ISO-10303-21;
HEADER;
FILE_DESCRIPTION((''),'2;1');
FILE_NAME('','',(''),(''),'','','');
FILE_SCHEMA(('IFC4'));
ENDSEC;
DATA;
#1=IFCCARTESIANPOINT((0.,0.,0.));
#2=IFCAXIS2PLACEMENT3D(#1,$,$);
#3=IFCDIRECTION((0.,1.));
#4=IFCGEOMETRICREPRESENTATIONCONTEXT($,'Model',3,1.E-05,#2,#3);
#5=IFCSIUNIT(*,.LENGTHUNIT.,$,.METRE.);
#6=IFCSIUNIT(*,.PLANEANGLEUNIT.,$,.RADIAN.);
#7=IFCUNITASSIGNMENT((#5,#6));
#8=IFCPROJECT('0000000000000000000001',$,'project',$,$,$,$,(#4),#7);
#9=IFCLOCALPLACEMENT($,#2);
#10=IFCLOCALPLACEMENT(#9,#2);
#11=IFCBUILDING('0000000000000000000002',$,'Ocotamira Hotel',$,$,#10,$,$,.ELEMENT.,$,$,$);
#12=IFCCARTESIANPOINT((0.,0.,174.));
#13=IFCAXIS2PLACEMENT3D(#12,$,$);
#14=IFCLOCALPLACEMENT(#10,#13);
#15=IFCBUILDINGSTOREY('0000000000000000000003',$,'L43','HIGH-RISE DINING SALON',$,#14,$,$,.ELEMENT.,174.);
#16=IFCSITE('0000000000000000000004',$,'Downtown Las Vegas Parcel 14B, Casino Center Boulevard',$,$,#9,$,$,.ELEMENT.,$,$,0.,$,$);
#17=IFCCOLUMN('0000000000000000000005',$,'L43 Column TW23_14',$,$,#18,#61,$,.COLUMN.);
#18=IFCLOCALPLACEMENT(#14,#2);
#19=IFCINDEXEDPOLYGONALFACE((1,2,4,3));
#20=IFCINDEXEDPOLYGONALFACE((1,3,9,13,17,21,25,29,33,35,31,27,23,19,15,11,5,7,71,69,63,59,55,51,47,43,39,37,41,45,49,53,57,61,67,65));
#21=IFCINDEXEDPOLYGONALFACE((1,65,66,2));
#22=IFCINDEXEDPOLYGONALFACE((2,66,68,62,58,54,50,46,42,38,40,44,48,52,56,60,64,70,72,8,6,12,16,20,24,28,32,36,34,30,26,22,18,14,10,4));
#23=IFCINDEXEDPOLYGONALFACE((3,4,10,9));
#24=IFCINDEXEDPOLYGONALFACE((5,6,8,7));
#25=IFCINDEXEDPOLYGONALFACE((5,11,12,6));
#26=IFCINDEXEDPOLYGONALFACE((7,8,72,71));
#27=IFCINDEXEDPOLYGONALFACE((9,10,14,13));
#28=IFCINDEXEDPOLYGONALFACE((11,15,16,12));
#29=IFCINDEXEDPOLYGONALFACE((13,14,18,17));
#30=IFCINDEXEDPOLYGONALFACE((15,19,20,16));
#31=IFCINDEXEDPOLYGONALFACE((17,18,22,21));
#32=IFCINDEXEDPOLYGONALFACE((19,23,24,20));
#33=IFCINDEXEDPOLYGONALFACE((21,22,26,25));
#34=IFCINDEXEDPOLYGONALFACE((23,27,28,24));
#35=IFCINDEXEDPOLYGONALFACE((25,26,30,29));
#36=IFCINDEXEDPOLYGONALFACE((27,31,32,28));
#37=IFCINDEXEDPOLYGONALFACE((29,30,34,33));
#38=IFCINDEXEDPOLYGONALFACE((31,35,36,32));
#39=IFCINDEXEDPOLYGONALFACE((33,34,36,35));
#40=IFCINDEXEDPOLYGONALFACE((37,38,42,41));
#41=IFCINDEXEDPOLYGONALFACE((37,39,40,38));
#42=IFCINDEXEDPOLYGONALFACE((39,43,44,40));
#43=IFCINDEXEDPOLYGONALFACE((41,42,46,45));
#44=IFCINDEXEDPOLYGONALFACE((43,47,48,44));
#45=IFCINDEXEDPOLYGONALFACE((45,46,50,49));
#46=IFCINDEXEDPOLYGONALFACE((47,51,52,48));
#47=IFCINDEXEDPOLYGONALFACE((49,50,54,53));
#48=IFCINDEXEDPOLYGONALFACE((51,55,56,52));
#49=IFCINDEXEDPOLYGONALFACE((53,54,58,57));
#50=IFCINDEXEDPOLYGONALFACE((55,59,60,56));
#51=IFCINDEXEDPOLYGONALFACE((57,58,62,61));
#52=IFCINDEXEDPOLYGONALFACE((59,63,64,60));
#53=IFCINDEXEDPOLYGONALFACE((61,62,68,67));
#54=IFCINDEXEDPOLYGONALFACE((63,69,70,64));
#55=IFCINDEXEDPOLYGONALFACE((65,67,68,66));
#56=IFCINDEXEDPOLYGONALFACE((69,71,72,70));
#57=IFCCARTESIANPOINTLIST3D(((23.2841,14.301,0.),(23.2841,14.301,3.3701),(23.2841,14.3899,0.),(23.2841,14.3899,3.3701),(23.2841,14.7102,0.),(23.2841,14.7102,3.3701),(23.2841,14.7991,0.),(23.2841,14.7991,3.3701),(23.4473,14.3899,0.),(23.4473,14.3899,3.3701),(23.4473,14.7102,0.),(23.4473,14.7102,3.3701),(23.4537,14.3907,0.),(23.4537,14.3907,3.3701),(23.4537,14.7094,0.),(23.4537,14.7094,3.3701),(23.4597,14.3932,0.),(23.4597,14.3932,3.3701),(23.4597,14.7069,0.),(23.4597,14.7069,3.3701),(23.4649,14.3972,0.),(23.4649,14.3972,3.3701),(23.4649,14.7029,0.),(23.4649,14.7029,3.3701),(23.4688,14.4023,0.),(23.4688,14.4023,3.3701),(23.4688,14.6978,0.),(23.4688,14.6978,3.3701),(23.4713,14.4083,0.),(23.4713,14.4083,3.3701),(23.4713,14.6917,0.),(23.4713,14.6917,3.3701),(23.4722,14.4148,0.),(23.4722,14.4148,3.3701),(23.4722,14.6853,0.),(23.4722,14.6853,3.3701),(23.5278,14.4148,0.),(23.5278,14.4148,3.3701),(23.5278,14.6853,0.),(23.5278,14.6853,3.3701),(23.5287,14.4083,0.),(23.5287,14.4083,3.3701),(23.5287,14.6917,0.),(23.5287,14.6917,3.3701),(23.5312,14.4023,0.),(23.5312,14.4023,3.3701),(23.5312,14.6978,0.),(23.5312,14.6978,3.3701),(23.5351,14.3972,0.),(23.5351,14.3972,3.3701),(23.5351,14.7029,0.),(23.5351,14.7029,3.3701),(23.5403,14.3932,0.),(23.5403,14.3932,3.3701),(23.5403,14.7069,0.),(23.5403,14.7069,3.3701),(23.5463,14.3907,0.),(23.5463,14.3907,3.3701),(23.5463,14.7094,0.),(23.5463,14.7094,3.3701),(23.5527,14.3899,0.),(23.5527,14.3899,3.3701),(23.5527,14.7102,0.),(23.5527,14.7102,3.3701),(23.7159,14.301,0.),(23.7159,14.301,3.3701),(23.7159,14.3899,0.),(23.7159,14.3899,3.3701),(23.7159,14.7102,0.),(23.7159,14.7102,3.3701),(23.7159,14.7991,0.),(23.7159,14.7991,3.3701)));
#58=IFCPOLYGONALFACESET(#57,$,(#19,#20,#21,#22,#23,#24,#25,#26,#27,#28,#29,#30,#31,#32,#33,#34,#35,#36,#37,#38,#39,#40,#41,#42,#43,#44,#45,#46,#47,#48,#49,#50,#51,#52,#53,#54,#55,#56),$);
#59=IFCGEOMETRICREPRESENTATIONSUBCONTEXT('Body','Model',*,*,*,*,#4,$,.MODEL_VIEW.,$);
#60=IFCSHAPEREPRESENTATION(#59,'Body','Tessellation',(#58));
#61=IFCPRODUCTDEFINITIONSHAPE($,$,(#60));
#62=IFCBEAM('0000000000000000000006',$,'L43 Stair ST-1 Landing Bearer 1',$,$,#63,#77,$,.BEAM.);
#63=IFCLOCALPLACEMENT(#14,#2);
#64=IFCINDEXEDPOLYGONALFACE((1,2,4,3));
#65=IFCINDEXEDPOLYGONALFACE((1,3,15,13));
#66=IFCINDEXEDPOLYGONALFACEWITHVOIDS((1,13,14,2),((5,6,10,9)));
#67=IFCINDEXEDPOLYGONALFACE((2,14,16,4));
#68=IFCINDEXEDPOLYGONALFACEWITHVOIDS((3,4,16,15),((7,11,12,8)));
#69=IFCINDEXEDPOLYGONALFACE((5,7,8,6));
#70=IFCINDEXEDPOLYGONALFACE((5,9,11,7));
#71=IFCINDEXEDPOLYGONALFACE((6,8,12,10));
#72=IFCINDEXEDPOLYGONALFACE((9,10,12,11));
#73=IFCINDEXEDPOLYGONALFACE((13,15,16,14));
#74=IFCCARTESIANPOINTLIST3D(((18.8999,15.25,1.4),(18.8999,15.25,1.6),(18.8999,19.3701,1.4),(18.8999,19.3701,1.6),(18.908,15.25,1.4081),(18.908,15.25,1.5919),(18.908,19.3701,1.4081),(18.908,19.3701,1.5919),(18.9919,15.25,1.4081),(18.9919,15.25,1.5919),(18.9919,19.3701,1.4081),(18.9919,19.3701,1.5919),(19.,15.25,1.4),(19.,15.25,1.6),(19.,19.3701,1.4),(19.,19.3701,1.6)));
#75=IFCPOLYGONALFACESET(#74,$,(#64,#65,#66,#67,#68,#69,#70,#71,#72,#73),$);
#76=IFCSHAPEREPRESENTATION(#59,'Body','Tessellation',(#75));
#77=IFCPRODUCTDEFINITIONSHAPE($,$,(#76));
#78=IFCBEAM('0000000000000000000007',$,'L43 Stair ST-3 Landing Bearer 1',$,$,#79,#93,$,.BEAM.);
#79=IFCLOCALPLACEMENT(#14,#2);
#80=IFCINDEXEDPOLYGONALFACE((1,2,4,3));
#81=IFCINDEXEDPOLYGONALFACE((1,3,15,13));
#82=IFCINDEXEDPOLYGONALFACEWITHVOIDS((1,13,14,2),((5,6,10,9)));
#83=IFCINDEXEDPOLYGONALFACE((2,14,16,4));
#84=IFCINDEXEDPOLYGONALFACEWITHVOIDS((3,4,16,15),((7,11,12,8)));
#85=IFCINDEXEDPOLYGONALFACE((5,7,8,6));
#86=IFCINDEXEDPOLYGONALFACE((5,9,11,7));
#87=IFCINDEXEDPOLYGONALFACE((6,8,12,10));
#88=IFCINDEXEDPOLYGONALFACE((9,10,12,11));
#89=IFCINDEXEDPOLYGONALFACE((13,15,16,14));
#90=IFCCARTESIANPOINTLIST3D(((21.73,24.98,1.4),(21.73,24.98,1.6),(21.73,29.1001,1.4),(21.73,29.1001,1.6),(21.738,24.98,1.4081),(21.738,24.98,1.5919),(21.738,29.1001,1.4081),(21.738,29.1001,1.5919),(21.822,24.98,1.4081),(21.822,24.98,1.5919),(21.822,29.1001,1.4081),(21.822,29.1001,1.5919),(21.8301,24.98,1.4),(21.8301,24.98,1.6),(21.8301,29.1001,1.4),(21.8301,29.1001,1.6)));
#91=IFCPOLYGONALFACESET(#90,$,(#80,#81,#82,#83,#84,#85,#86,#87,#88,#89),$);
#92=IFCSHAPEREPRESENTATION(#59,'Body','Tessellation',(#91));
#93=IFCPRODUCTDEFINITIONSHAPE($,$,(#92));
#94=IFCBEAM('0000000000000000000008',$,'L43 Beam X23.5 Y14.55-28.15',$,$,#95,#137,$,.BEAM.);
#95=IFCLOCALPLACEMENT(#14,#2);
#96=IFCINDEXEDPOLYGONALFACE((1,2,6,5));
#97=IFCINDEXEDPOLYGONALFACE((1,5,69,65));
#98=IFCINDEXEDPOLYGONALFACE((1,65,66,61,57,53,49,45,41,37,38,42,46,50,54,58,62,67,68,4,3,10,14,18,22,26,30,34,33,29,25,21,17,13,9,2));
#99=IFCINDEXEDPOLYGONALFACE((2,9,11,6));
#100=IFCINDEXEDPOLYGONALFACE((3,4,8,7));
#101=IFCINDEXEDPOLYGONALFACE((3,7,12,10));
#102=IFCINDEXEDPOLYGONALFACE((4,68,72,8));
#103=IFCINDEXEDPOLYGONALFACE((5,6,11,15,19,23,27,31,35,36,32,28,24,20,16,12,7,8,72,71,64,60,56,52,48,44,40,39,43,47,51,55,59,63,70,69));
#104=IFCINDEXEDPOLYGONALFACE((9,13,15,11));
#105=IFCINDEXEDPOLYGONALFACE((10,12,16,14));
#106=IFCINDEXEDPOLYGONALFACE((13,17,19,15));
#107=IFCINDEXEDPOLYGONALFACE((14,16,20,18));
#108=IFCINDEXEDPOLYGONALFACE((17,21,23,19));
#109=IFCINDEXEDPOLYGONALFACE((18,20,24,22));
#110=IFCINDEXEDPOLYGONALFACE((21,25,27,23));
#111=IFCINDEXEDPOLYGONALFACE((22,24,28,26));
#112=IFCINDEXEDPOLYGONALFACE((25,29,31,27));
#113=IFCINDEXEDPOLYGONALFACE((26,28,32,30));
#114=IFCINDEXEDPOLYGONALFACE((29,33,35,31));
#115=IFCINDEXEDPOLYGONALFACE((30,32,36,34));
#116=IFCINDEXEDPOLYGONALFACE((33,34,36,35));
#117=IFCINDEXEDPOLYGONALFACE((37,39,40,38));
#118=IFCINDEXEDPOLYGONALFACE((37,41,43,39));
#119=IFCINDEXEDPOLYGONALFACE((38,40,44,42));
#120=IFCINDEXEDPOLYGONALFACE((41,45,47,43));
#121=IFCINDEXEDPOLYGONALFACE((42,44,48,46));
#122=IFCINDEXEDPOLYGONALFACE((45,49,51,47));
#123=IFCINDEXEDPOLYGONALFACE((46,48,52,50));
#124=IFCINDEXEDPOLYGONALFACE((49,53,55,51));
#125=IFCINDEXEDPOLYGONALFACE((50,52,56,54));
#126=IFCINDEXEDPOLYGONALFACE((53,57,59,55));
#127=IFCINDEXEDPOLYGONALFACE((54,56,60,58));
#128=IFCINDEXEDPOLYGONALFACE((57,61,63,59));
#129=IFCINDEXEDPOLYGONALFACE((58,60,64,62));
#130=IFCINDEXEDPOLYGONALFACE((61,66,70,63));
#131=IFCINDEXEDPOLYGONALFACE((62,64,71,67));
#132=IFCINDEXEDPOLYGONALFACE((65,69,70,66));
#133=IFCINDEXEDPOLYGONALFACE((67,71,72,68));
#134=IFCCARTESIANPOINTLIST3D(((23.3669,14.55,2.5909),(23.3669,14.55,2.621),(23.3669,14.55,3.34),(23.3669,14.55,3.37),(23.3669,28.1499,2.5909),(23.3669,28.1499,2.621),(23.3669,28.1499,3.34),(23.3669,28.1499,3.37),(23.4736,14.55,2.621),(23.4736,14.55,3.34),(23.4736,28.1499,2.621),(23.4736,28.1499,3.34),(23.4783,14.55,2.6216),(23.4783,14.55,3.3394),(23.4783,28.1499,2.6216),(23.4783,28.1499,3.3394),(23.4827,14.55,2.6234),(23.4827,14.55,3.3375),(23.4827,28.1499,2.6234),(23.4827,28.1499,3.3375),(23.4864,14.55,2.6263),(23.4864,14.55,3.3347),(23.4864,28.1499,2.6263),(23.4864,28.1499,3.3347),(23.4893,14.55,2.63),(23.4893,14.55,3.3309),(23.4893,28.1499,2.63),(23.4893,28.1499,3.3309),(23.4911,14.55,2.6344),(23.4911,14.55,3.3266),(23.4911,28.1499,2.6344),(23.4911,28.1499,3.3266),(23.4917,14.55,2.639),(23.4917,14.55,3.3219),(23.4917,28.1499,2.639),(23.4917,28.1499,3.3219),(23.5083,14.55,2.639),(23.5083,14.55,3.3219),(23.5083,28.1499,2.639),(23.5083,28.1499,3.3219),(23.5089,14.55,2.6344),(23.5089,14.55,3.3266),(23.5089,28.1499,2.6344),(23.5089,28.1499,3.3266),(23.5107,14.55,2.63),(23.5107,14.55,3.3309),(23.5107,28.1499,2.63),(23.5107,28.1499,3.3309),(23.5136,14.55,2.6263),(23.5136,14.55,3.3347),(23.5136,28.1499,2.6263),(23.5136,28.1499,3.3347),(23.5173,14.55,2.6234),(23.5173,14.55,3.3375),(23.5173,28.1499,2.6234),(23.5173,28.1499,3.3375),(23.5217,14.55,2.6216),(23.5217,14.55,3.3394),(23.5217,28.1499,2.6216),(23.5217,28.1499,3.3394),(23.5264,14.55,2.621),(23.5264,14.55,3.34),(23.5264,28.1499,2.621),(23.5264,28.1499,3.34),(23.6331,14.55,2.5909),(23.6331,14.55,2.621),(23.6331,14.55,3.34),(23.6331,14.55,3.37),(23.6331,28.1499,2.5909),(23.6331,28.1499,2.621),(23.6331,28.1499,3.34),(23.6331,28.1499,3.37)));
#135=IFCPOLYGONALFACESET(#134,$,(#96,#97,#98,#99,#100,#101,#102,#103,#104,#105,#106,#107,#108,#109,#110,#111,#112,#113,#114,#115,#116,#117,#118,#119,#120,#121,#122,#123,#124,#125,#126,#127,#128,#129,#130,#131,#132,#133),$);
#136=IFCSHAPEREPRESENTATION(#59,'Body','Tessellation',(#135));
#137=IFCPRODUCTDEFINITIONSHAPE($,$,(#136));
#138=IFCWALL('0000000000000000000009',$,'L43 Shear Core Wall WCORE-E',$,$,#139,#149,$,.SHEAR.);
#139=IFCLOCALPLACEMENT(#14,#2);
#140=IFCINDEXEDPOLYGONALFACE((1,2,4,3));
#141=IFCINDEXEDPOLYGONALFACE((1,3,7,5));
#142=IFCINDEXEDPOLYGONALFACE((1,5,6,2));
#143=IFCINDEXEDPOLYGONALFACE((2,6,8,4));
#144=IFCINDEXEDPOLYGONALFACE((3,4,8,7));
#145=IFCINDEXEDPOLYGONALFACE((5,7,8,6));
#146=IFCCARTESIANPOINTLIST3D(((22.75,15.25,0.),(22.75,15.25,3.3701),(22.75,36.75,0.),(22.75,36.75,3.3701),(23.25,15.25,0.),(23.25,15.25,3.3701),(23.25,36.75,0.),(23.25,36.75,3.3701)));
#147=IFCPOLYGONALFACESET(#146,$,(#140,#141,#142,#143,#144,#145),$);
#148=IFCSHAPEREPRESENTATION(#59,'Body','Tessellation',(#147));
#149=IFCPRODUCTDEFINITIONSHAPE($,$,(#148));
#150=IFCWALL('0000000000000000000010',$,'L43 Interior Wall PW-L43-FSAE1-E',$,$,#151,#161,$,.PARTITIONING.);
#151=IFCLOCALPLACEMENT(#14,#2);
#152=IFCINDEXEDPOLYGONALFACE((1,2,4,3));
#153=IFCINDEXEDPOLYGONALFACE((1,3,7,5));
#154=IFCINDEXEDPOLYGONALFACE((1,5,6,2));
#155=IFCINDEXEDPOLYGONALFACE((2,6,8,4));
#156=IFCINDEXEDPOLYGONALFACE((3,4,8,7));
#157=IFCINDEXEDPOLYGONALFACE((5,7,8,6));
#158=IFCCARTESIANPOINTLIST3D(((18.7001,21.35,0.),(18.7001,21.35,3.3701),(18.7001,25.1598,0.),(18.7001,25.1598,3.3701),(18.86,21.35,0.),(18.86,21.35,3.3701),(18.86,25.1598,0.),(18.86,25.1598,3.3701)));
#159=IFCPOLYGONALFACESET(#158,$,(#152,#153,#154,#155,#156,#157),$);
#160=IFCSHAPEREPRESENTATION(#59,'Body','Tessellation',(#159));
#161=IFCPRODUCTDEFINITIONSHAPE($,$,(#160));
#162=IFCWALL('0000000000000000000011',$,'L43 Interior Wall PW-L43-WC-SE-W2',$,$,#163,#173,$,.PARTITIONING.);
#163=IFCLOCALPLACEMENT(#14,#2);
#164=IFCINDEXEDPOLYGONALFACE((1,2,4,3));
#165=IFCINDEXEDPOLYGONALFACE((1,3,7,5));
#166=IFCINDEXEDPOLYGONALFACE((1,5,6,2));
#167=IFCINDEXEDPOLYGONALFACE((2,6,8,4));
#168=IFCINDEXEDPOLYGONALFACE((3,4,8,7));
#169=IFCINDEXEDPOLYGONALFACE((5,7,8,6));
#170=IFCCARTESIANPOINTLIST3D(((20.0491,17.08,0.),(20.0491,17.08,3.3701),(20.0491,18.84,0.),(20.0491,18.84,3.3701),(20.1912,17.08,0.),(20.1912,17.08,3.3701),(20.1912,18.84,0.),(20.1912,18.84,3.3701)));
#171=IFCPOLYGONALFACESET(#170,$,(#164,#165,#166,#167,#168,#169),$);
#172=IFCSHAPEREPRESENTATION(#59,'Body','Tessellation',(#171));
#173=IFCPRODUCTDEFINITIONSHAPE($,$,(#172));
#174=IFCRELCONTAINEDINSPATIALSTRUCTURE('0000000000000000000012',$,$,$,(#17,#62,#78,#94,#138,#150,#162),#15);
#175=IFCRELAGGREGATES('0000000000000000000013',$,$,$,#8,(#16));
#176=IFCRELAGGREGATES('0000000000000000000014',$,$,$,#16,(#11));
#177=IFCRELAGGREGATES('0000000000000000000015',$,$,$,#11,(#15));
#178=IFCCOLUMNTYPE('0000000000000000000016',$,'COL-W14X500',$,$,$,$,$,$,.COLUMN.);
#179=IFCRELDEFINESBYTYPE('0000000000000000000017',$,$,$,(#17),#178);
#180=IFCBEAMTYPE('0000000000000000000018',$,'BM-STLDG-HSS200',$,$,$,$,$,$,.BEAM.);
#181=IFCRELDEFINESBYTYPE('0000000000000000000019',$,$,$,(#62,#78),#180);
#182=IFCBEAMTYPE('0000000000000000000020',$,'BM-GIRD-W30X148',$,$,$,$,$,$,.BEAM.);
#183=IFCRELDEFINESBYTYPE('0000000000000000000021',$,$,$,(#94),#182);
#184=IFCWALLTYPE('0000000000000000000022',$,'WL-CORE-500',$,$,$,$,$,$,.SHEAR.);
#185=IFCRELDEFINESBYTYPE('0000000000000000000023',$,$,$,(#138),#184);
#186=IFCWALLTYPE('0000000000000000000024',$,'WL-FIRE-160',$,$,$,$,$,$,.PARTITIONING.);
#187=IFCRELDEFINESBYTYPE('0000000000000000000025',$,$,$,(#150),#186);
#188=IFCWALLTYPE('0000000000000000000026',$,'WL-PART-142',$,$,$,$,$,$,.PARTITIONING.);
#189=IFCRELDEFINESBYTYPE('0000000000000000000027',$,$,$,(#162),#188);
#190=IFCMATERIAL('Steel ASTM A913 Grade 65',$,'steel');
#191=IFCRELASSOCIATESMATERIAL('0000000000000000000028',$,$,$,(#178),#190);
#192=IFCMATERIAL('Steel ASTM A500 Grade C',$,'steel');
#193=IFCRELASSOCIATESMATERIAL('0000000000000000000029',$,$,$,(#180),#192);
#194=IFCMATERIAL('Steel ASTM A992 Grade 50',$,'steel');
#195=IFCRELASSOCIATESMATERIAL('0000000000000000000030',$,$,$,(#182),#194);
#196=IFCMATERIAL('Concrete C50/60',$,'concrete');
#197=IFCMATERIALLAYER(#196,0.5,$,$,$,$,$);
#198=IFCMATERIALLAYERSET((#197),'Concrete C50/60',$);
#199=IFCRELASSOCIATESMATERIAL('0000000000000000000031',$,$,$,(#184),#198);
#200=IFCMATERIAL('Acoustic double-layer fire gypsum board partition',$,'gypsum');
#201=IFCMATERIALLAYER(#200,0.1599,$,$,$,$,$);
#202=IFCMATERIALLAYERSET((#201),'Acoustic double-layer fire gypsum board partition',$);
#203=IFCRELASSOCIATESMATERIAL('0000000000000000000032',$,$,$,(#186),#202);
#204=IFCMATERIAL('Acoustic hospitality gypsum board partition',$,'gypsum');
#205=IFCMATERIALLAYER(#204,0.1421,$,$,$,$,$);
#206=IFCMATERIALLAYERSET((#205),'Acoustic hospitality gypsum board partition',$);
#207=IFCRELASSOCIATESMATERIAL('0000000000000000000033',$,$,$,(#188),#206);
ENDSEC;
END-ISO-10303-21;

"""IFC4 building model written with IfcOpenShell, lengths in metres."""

from ifc_helpers import new_model, si_unit, direction, frame, frame_2d, origin, origin_2d, place, context, subcontext, project, spatial, rectangle, hollow_rectangle, i_section, extrude, source, transform, mapped, material, layer, layer_set, material_profile, profile_set, type_object, element, save


model = new_model("IFC4")

# Units and contexts
model_context = context("Model", 3, precision=1e-05, world=origin(), true_north=direction((0.0, 1.0)))
body_context = subcontext(model_context, "Body", "Model", "MODEL_VIEW")
ifc_project = project(units=[si_unit("LENGTHUNIT", "METRE"), si_unit("PLANEANGLEUNIT", "RADIAN")], contexts=[model_context])

# Site, building, storey
site_placement = place(None, origin())
site = spatial("IfcSite", under=ifc_project, at=site_placement, Name="Downtown Las Vegas Parcel 14B, Casino Center Boulevard", CompositionType="ELEMENT", RefElevation=0.0)
building_placement = place(site_placement, origin())
building = spatial("IfcBuilding", under=site, at=building_placement, Name="Ocotamira Hotel", CompositionType="ELEMENT")
storey_placement = place(building_placement, frame((0.0, 0.0, 174.0)))
storey = spatial("IfcBuildingStorey", under=building, at=storey_placement, Name="L43", Description="HIGH-RISE DINING SALON", CompositionType="ELEMENT", Elevation=174.0)

# Column
ifc_material_1 = material(Name="Steel ASTM A913 Grade 65", Category="steel")
ifc_material_profile_1 = material_profile(ifc_material_1, i_section(OverallWidth=0.4319, OverallDepth=0.498, WebThickness=0.0557, FlangeThickness=0.0889, FilletRadius=0.0249, at=origin_2d()), Name="W14X500")
ifc_profile_set_1 = profile_set([ifc_material_profile_1], Name="Steel ASTM A913 Grade 65")
column_type = type_object("IfcColumnType", Name="COL-W14X500", PredefinedType="COLUMN", material=ifc_profile_set_1)
shared_shape_1 = source(origin(), body_context, "Body", "SweptSolid", [
    extrude(i_section(OverallWidth=0.4319, OverallDepth=0.498, WebThickness=0.0557, FlangeThickness=0.0889, FilletRadius=0.0249, at=origin_2d()), origin(), (0.0, 0.0, 1.0), 3.3701),
])
column_placement = place(storey_placement, frame((23.5, 14.55, 0.0), z_axis=(0.0, 0.0, 1.0), x_axis=(1.0, 0.0, 0.0)))
element("IfcColumn", 1, at=column_placement, inside=storey, type_object=column_type, Name="L43 Column TW23_14", PredefinedType="COLUMN", context=body_context, shape_type="MappedRepresentation", body=[
    mapped(shared_shape_1, transform((0.0, 0.0, 0.0), scale=1.0)),
])

# Beams
ifc_material_2 = material(Name="Steel ASTM A500 Grade C", Category="steel")
ifc_material_profile_2 = material_profile(ifc_material_2, hollow_rectangle(XDim=0.1001, YDim=0.2, WallThickness=0.0081, at=origin_2d()), Name="HSS200X100X8")
ifc_profile_set_2 = profile_set([ifc_material_profile_2], Name="Steel ASTM A500 Grade C")
beam_type_1 = type_object("IfcBeamType", Name="BM-STLDG-HSS200", PredefinedType="BEAM", material=ifc_profile_set_2)
shared_shape_2 = source(origin(), body_context, "Body", "SweptSolid", [
    extrude(hollow_rectangle(XDim=0.1001, YDim=0.2, WallThickness=0.0081, at=origin_2d()), origin(), (0.0, 0.0, 1.0), 4.1201),
])
for number, where, z_axis, x_axis, name in (
    (2, (18.95, 15.25, 1.5), (0.0, 1.0, 0.0), (-1.0, 0.0, 0.0), "L43 Stair ST-1 Landing Bearer 1"),
    (3, (21.78, 24.98, 1.5), (0.0, 1.0, 0.0), (-1.0, 0.0, 0.0), "L43 Stair ST-3 Landing Bearer 1"),
):
    element("IfcBeam", number, at=place(storey_placement, frame(where, z_axis=z_axis, x_axis=x_axis)), inside=storey, type_object=beam_type_1, Name=name, PredefinedType="BEAM", context=body_context, shape_type="MappedRepresentation", body=[
        mapped(shared_shape_2, transform((0.0, 0.0, 0.0), scale=1.0)),
    ])
ifc_material_3 = material(Name="Steel ASTM A992 Grade 50", Category="steel")
ifc_material_profile_3 = material_profile(ifc_material_3, i_section(OverallWidth=0.2661, OverallDepth=0.7791, WebThickness=0.0166, FlangeThickness=0.03, FilletRadius=0.0181, at=origin_2d()), Name="W30X148")
ifc_profile_set_3 = profile_set([ifc_material_profile_3], Name="Steel ASTM A992 Grade 50")
beam_type_2 = type_object("IfcBeamType", Name="BM-GIRD-W30X148", PredefinedType="BEAM", material=ifc_profile_set_3)
shared_shape_3 = source(origin(), body_context, "Body", "SweptSolid", [
    extrude(i_section(OverallWidth=0.2661, OverallDepth=0.7791, WebThickness=0.0166, FlangeThickness=0.03, FilletRadius=0.0181, at=origin_2d()), origin(), (0.0, 0.0, 1.0), 13.5999),
])
beam_placement = place(storey_placement, frame((23.5, 14.55, 2.9805), z_axis=(0.0, 1.0, 0.0), x_axis=(-1.0, 0.0, 0.0)))
element("IfcBeam", 4, at=beam_placement, inside=storey, type_object=beam_type_2, Name="L43 Beam X23.5 Y14.55-28.15", PredefinedType="BEAM", context=body_context, shape_type="MappedRepresentation", body=[
    mapped(shared_shape_3, transform((0.0, 0.0, 0.0), scale=1.0)),
])

# Walls
ifc_material_4 = material(Name="Concrete C50/60", Category="concrete")
ifc_layer_1 = layer(ifc_material_4, 0.5)
ifc_layer_set_1 = layer_set([ifc_layer_1], Name="Concrete C50/60")
wall_type_1 = type_object("IfcWallType", Name="WL-CORE-500", PredefinedType="SHEAR", material=ifc_layer_set_1)
wall_1_placement = place(storey_placement, frame((23.0, 15.25, 0.0), z_axis=(0.0, 0.0, 1.0), x_axis=(0.0, 1.0, 0.0)))
element("IfcWall", 5, at=wall_1_placement, inside=storey, type_object=wall_type_1, Name="L43 Shear Core Wall WCORE-E", PredefinedType="SHEAR", context=body_context, shape_type="SweptSolid", body=[
    extrude(rectangle(XDim=21.5, YDim=0.5, at=frame_2d((10.75, 0.0))), origin(), (0.0, 0.0, 1.0), 3.3701),
])
ifc_material_5 = material(Name="Acoustic double-layer fire gypsum board partition", Category="gypsum")
ifc_layer_2 = layer(ifc_material_5, 0.1599)
ifc_layer_set_2 = layer_set([ifc_layer_2], Name="Acoustic double-layer fire gypsum board partition")
wall_type_2 = type_object("IfcWallType", Name="WL-FIRE-160", PredefinedType="PARTITIONING", material=ifc_layer_set_2)
wall_2_placement = place(storey_placement, frame((18.78, 21.3501, 0.0), z_axis=(0.0, 0.0, 1.0), x_axis=(0.0, 1.0, 0.0)))
element("IfcWall", 6, at=wall_2_placement, inside=storey, type_object=wall_type_2, Name="L43 Interior Wall PW-L43-FSAE1-E", PredefinedType="PARTITIONING", context=body_context, shape_type="SweptSolid", body=[
    extrude(rectangle(XDim=3.8098, YDim=0.1599, at=frame_2d((1.9048, 0.0))), origin(), (0.0, 0.0, 1.0), 3.3701),
])
ifc_material_6 = material(Name="Acoustic hospitality gypsum board partition", Category="gypsum")
ifc_layer_3 = layer(ifc_material_6, 0.1421)
ifc_layer_set_3 = layer_set([ifc_layer_3], Name="Acoustic hospitality gypsum board partition")
wall_type_3 = type_object("IfcWallType", Name="WL-PART-142", PredefinedType="PARTITIONING", material=ifc_layer_set_3)
wall_3_placement = place(storey_placement, frame((20.1201, 17.0801, 0.0), z_axis=(0.0, 0.0, 1.0), x_axis=(0.0, 1.0, 0.0)))
element("IfcWall", 7, at=wall_3_placement, inside=storey, type_object=wall_type_3, Name="L43 Interior Wall PW-L43-WC-SE-W2", PredefinedType="PARTITIONING", context=body_context, shape_type="SweptSolid", body=[
    extrude(rectangle(XDim=1.76, YDim=0.1421, at=frame_2d((0.8799, 0.0))), origin(), (0.0, 0.0, 1.0), 3.3701),
])

save(model, "model.ifc")
